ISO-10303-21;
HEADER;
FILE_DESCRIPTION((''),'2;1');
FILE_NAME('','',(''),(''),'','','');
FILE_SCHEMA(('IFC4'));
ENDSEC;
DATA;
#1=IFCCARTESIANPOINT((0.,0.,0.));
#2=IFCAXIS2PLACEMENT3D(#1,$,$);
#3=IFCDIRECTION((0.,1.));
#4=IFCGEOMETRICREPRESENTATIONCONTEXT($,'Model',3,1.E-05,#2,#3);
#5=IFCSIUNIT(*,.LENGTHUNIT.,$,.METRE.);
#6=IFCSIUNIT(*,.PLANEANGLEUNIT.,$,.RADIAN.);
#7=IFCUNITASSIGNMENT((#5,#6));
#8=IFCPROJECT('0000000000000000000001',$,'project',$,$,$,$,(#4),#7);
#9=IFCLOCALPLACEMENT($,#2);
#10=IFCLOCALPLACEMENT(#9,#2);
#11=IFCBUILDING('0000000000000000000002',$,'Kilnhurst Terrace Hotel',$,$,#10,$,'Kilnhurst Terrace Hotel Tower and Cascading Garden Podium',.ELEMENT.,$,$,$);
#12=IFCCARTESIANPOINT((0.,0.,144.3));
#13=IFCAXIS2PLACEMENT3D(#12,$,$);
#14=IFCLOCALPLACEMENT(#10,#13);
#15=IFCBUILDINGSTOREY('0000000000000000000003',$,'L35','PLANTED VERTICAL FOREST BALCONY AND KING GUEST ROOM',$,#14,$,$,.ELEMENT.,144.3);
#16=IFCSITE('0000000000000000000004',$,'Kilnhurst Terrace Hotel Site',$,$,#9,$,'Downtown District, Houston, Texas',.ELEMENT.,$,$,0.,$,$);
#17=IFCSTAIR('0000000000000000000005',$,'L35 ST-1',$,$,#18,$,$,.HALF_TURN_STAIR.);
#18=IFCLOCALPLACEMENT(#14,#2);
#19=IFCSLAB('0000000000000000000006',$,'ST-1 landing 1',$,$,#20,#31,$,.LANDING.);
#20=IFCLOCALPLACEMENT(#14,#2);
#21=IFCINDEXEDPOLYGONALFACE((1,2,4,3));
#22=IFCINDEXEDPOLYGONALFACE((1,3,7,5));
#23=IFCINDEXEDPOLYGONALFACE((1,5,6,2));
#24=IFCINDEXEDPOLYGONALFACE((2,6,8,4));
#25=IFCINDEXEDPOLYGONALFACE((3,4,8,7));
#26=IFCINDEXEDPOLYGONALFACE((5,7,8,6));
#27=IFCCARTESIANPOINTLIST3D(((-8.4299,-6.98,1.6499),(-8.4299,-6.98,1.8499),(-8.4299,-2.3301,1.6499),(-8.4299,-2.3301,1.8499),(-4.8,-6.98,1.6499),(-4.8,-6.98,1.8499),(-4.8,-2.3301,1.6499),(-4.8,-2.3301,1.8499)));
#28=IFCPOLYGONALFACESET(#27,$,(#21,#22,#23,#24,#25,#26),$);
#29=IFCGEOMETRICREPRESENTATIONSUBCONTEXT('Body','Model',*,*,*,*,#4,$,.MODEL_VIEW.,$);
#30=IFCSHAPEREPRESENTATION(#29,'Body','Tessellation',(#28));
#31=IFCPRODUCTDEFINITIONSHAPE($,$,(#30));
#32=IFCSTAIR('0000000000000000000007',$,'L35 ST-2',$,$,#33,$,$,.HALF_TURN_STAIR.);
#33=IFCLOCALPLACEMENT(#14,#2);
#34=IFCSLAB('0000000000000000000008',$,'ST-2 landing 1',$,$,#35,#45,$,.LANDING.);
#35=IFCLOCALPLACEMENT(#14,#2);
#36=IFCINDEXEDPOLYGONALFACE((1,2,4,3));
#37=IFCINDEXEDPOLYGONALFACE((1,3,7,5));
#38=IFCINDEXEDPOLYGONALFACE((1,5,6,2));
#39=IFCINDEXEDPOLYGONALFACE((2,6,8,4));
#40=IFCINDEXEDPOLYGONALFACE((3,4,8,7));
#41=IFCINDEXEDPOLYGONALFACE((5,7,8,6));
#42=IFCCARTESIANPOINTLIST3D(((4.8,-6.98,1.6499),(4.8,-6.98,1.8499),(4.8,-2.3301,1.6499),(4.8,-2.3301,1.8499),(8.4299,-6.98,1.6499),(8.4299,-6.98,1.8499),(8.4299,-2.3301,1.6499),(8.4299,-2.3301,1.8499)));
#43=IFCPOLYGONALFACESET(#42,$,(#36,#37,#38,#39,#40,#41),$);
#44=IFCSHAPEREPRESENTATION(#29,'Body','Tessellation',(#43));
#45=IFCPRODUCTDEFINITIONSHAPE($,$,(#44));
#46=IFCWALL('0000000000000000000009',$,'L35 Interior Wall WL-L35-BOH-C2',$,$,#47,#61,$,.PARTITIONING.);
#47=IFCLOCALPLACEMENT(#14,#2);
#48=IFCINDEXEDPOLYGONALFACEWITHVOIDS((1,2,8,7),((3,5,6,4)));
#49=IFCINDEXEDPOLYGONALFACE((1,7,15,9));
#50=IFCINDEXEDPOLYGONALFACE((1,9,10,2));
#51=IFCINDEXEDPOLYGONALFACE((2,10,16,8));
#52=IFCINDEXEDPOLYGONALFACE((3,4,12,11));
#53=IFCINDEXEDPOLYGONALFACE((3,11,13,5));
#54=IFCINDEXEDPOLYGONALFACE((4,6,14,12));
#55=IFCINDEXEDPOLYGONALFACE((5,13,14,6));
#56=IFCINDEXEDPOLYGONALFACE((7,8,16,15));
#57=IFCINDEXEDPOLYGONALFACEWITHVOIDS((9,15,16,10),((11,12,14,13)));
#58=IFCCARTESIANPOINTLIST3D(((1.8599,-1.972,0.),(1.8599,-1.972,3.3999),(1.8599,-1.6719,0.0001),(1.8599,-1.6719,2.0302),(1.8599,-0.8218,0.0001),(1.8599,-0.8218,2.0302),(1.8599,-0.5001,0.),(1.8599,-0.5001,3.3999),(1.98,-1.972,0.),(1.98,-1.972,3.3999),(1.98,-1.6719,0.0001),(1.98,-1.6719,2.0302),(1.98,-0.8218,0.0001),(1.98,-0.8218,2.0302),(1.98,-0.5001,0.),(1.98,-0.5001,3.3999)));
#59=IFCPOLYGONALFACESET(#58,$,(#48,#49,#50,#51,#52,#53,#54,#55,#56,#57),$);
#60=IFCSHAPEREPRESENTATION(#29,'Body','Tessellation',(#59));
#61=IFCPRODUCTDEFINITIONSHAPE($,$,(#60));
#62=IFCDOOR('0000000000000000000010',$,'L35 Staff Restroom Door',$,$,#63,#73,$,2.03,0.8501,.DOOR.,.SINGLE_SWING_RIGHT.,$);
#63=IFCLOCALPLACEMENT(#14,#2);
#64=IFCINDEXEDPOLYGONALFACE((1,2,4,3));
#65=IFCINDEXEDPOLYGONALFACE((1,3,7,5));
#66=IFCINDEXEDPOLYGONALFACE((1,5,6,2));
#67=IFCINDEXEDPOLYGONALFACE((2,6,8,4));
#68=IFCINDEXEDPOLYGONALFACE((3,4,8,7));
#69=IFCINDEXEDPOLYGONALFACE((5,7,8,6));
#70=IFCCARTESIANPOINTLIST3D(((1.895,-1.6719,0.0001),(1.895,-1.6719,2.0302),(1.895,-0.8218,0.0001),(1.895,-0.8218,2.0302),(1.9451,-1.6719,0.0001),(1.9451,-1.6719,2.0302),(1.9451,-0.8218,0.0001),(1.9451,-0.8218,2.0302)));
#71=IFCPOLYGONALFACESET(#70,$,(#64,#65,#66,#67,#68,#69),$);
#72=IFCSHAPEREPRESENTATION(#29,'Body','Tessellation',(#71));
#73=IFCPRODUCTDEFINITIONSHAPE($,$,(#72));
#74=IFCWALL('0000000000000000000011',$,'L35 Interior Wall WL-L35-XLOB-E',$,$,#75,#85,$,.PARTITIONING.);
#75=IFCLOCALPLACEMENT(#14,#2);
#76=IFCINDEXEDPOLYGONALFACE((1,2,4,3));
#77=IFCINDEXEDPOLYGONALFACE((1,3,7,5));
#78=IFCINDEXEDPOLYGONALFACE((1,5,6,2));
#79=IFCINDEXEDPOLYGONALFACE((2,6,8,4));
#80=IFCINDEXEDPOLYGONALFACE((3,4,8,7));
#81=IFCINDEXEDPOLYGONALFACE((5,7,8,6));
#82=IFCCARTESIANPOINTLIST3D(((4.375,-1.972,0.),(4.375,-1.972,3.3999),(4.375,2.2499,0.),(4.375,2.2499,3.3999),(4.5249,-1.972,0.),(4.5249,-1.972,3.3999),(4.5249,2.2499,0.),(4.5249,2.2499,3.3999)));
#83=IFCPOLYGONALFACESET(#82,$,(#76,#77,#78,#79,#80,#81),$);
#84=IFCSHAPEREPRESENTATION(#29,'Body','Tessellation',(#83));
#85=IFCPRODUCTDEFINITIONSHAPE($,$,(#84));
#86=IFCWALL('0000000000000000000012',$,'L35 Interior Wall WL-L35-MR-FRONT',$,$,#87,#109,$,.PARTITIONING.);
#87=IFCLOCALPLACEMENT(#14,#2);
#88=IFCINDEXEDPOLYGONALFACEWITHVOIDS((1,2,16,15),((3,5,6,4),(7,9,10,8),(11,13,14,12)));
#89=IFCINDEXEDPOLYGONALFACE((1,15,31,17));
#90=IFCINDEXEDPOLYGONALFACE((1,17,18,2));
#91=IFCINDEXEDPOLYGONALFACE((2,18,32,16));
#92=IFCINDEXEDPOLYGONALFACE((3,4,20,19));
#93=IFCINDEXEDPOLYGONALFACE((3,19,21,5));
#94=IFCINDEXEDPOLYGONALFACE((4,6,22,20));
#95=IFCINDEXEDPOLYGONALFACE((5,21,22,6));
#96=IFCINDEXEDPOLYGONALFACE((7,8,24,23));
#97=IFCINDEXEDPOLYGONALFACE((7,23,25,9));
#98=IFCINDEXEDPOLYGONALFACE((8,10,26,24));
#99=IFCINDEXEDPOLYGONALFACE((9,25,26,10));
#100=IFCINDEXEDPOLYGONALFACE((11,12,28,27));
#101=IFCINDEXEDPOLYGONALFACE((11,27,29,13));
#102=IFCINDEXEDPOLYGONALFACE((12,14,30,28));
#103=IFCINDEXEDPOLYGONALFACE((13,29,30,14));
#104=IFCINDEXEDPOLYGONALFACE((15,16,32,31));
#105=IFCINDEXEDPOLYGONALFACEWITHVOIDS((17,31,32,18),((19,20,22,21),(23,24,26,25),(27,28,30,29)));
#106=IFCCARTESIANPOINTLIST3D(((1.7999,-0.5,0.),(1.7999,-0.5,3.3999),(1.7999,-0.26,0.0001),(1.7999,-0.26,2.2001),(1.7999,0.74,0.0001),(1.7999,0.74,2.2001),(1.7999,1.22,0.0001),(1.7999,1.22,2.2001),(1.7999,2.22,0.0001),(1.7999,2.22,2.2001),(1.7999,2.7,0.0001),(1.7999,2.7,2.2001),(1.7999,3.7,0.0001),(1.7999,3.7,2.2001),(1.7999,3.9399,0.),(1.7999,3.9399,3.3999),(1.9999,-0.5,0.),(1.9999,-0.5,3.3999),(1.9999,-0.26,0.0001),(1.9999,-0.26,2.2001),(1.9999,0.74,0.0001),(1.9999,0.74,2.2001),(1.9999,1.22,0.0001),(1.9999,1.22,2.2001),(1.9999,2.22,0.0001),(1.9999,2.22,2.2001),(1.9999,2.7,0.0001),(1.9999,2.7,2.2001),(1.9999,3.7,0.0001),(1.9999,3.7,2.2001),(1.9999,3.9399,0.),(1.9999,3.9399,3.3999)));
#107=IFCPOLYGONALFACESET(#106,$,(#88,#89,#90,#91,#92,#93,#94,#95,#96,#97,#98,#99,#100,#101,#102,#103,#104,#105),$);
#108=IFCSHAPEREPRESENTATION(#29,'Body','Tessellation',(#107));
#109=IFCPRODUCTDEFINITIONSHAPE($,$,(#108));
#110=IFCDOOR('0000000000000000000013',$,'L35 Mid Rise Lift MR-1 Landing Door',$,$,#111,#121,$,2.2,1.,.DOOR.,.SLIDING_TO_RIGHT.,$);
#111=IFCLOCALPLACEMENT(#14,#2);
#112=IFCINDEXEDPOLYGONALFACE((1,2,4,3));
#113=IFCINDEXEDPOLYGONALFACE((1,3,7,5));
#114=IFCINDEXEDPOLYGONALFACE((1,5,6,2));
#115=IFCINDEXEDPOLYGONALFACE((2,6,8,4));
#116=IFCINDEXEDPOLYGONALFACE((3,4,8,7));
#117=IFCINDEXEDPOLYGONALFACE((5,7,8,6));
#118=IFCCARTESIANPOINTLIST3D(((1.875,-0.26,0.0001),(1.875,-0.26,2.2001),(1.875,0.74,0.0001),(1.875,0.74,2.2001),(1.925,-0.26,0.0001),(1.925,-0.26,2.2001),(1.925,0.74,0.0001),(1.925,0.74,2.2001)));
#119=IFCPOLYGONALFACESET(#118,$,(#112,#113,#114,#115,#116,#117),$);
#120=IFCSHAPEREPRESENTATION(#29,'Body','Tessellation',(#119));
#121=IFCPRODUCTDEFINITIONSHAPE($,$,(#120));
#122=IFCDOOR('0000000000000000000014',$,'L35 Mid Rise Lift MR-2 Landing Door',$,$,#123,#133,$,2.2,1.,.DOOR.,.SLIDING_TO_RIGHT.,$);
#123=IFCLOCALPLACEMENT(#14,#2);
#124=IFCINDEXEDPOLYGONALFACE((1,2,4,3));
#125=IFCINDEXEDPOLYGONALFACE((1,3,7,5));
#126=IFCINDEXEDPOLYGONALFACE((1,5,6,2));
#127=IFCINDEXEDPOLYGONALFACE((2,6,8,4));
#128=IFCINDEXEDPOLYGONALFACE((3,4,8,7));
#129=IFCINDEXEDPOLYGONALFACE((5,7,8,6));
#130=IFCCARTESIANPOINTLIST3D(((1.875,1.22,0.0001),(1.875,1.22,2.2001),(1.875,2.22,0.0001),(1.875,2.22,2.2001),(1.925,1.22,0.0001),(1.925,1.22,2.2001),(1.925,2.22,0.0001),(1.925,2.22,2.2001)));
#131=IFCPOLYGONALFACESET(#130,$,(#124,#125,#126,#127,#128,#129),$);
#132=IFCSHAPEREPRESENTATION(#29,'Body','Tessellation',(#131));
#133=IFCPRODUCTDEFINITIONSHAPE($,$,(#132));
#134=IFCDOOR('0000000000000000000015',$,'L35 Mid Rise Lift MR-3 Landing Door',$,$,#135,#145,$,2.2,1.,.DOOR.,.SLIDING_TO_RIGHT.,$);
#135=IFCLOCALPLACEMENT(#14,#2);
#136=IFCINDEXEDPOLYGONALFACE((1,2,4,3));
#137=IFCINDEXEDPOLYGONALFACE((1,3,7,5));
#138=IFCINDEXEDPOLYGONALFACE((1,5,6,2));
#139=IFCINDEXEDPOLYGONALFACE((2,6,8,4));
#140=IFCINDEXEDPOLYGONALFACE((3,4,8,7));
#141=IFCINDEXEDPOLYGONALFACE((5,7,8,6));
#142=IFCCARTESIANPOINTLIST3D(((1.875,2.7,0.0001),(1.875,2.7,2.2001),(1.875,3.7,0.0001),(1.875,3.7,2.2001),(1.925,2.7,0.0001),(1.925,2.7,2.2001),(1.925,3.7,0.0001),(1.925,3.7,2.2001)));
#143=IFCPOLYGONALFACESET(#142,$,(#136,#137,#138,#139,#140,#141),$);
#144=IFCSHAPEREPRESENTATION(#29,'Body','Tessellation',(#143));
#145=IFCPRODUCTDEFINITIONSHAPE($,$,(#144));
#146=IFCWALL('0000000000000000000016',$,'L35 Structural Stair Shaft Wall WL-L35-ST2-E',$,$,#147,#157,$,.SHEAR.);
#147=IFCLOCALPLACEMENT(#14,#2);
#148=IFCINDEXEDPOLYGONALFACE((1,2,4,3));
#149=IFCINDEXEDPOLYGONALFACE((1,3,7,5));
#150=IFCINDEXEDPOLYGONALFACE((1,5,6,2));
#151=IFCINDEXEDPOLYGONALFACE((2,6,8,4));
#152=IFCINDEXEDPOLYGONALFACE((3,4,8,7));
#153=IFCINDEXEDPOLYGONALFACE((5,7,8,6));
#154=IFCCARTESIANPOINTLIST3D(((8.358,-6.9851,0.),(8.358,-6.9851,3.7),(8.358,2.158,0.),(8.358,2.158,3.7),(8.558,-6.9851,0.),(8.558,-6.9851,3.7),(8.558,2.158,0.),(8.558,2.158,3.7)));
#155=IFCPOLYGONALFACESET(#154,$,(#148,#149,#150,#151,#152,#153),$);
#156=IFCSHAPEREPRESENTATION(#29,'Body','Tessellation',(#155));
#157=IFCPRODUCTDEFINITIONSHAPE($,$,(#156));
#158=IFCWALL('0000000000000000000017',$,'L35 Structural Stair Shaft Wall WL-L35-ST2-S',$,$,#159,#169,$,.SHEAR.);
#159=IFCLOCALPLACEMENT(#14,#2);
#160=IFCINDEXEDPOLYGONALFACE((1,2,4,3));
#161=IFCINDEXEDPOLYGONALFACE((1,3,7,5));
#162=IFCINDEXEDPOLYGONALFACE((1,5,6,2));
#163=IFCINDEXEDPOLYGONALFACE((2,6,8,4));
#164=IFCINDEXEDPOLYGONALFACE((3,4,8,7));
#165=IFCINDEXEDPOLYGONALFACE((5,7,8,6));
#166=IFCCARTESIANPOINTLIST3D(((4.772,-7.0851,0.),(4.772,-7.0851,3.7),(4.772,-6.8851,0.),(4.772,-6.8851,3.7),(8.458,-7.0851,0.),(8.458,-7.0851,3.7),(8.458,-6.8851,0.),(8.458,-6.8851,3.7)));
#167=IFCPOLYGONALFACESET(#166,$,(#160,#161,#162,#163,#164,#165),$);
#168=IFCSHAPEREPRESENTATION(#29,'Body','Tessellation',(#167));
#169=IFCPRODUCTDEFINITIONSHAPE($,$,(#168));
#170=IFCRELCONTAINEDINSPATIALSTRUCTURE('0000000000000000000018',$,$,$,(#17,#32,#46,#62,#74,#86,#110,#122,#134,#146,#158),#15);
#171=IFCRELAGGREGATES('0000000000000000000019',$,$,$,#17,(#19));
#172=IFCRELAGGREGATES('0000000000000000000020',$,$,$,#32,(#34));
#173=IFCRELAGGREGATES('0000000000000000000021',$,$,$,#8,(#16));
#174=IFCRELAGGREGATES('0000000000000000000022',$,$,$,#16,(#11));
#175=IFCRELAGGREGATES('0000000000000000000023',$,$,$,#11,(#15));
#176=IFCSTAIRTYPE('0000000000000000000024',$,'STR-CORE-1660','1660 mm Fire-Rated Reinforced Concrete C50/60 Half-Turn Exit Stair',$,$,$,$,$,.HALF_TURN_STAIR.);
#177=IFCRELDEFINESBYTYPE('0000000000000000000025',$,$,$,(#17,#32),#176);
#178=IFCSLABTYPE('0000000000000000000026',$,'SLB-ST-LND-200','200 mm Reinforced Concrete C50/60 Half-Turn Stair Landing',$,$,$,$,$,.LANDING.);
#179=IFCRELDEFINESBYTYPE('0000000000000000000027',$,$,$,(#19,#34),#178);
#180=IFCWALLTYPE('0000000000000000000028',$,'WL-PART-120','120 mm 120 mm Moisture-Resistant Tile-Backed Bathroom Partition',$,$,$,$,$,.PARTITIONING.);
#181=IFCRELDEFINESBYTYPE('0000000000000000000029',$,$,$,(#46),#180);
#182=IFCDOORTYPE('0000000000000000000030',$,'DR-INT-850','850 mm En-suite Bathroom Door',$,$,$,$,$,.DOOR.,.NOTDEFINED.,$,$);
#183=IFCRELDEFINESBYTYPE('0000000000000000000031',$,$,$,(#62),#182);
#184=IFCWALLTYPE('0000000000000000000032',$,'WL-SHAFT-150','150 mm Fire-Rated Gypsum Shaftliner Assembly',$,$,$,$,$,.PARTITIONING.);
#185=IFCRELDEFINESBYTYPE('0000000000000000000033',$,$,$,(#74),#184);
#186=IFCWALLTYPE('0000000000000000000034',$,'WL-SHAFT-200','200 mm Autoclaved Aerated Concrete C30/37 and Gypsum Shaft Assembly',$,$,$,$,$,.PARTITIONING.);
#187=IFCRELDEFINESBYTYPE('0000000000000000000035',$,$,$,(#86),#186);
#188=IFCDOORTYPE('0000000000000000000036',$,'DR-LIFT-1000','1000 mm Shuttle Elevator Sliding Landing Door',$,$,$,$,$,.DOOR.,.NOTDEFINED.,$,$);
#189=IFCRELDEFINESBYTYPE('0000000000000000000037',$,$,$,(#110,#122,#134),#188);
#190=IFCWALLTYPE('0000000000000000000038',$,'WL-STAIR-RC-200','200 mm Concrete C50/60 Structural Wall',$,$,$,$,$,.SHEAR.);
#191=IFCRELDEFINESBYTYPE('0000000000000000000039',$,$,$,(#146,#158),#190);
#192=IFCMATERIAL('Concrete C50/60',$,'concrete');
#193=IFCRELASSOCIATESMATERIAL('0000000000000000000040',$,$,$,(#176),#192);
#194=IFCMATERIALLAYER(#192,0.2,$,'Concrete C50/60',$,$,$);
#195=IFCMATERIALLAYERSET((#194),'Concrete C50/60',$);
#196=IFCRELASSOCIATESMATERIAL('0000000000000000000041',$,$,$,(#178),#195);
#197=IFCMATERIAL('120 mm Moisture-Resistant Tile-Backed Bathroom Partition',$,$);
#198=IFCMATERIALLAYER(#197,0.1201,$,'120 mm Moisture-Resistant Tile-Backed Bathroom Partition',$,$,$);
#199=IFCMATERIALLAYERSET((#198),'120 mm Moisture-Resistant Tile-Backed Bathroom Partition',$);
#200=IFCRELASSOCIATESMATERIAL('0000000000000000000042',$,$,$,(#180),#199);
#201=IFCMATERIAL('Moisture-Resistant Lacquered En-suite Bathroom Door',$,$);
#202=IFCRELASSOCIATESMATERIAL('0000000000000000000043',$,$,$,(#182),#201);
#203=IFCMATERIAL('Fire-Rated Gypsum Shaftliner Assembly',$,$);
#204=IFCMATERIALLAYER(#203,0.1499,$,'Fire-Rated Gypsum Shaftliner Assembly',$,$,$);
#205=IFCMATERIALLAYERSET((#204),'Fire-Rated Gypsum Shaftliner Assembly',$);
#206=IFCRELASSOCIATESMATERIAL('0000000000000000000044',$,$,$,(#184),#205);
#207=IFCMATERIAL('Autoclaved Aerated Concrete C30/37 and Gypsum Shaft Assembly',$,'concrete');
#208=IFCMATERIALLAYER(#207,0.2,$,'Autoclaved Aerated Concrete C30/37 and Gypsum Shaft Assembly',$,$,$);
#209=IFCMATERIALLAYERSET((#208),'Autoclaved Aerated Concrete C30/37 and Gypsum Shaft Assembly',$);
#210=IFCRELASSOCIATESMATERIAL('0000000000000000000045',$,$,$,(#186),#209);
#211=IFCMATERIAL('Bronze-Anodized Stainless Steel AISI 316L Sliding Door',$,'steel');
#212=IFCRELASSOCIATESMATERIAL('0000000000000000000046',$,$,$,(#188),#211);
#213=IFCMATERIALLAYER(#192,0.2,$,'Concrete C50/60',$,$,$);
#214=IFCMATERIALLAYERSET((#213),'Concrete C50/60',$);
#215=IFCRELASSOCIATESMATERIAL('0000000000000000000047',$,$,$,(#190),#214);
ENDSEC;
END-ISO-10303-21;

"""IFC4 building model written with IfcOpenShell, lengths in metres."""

from ifc_helpers import new_model, si_unit, direction, frame, frame_2d, origin, place, context, subcontext, project, spatial, polyline, rectangle, outline, extrude, material, layer, layer_set, type_object, element, fill, aggregate, save


model = new_model("IFC4")

# Units and contexts
model_context = context("Model", 3, precision=1e-05, world=origin(), true_north=direction((0.0, 1.0)))
body_context = subcontext(model_context, "Body", "Model", "MODEL_VIEW")
ifc_project = project(units=[si_unit("LENGTHUNIT", "METRE"), si_unit("PLANEANGLEUNIT", "RADIAN")], contexts=[model_context])

# Site, building, storey
site_placement = place(None, origin())
site = spatial("IfcSite", under=ifc_project, at=site_placement, Name="Kilnhurst Terrace Hotel Site", LongName="Downtown District, Houston, Texas", CompositionType="ELEMENT", RefElevation=0.0)
building_placement = place(site_placement, origin())
building = spatial("IfcBuilding", under=site, at=building_placement, Name="Kilnhurst Terrace Hotel", LongName="Kilnhurst Terrace Hotel Tower and Cascading Garden Podium", CompositionType="ELEMENT")
storey_placement = place(building_placement, frame((0.0, 0.0, 144.3)))
storey = spatial("IfcBuildingStorey", under=building, at=storey_placement, Name="L35", Description="PLANTED VERTICAL FOREST BALCONY AND KING GUEST ROOM", CompositionType="ELEMENT", Elevation=144.3)

# Stairs, slabs
ifc_material_1 = material(Name="Concrete C50/60", Category="concrete")
stair_type = type_object("IfcStairType", Name="STR-CORE-1660", Description="1660 mm Fire-Rated Reinforced Concrete C50/60 Half-Turn Exit Stair", PredefinedType="HALF_TURN_STAIR", material=ifc_material_1)
stair_1_placement = place(storey_placement, origin())
stair_1 = element("IfcStair", 1, at=stair_1_placement, inside=storey, type_object=stair_type, Name="L35 ST-1", PredefinedType="HALF_TURN_STAIR")
ifc_layer_1 = layer(ifc_material_1, 0.2, Name="Concrete C50/60")
ifc_layer_set_1 = layer_set([ifc_layer_1], Name="Concrete C50/60")
slab_type = type_object("IfcSlabType", Name="SLB-ST-LND-200", Description="200 mm Reinforced Concrete C50/60 Half-Turn Stair Landing", PredefinedType="LANDING", material=ifc_layer_set_1)
slab_1_placement = place(storey_placement, frame((0.0, 0.0, 1.6499)))
slab_1 = element("IfcSlab", 2, at=slab_1_placement, type_object=slab_type, Name="ST-1 landing 1", PredefinedType="LANDING", context=body_context, shape_type="SweptSolid", body=[
    extrude(outline(polyline([(-8.4299, -2.3301), (-4.8, -2.3301), (-4.8, -6.98), (-8.4299, -6.98), (-8.4299, -2.3301)])), origin(), (0.0, 0.0, 1.0), 0.2),
])
aggregate(stair_1, [slab_1])
stair_2_placement = place(storey_placement, origin())
stair_2 = element("IfcStair", 3, at=stair_2_placement, inside=storey, type_object=stair_type, Name="L35 ST-2", PredefinedType="HALF_TURN_STAIR")
slab_2_placement = place(storey_placement, frame((0.0, 0.0, 1.6499)))
slab_2 = element("IfcSlab", 4, at=slab_2_placement, type_object=slab_type, Name="ST-2 landing 1", PredefinedType="LANDING", context=body_context, shape_type="SweptSolid", body=[
    extrude(outline(polyline([(4.8, -2.3301), (8.4299, -2.3301), (8.4299, -6.98), (4.8, -6.98), (4.8, -2.3301)])), origin(), (0.0, 0.0, 1.0), 0.2),
])

# Wall, opening, door
ifc_material_2 = material(Name="120 mm Moisture-Resistant Tile-Backed Bathroom Partition")
ifc_layer_2 = layer(ifc_material_2, 0.1201, Name="120 mm Moisture-Resistant Tile-Backed Bathroom Partition")
ifc_layer_set_2 = layer_set([ifc_layer_2], Name="120 mm Moisture-Resistant Tile-Backed Bathroom Partition")
wall_type_1 = type_object("IfcWallType", Name="WL-PART-120", Description="120 mm 120 mm Moisture-Resistant Tile-Backed Bathroom Partition", PredefinedType="PARTITIONING", material=ifc_layer_set_2)
wall_1_placement = place(storey_placement, frame((1.9199, -1.9719, 0.0), z_axis=(0.0, 0.0, 1.0), x_axis=(0.0, 1.0, 0.0)))
wall_1 = element("IfcWall", 5, at=wall_1_placement, inside=storey, type_object=wall_type_1, Name="L35 Interior Wall WL-L35-BOH-C2", PredefinedType="PARTITIONING", context=body_context, shape_type="SweptSolid", body=[
    extrude(rectangle(XDim=1.4719, YDim=0.1201, at=frame_2d((0.7358, 0.0))), origin(), (0.0, 0.0, 1.0), 3.3999),
])
opening_1_placement = place(wall_1_placement, frame((0.3, 0.0, 0.0)))
opening_1 = element("IfcOpeningElement", 6, at=opening_1_placement, cuts=wall_1, PredefinedType="OPENING", context=body_context, shape_type="SweptSolid", body=[
    extrude(rectangle(XDim=0.8501, YDim=2.03, at=frame_2d((0.425, 1.0151))), frame((0.0, 0.0701, 0.0), z_axis=(0.0, -1.0, 0.0), x_axis=(1.0, 0.0, 0.0)), (0.0, 0.0, 1.0), 0.1401),
])
ifc_material_3 = material(Name="Moisture-Resistant Lacquered En-suite Bathroom Door")
door_type_1 = type_object("IfcDoorType", Name="DR-INT-850", Description="850 mm En-suite Bathroom Door", OperationType="NOTDEFINED", PredefinedType="DOOR", material=ifc_material_3)
door_1_placement = place(opening_1_placement, origin())
door_1 = element("IfcDoor", 7, at=door_1_placement, inside=storey, type_object=door_type_1, Name="L35 Staff Restroom Door", OperationType="SINGLE_SWING_RIGHT", OverallHeight=2.03, OverallWidth=0.8501, PredefinedType="DOOR", context=body_context, shape_type="SweptSolid", body=[
    extrude(rectangle(XDim=0.8501, YDim=2.03, at=frame_2d((0.425, 1.0151))), frame((0.0, 0.0249, 0.0), z_axis=(0.0, -1.0, 0.0), x_axis=(1.0, 0.0, 0.0)), (0.0, 0.0, 1.0), 0.05),
])
fill(opening_1, door_1)

# Wall
ifc_material_4 = material(Name="Fire-Rated Gypsum Shaftliner Assembly")
ifc_layer_3 = layer(ifc_material_4, 0.1499, Name="Fire-Rated Gypsum Shaftliner Assembly")
ifc_layer_set_3 = layer_set([ifc_layer_3], Name="Fire-Rated Gypsum Shaftliner Assembly")
wall_type_2 = type_object("IfcWallType", Name="WL-SHAFT-150", Description="150 mm Fire-Rated Gypsum Shaftliner Assembly", PredefinedType="PARTITIONING", material=ifc_layer_set_3)
wall_2_placement = place(storey_placement, frame((4.45, -1.9719, 0.0), z_axis=(0.0, 0.0, 1.0), x_axis=(0.0, 1.0, 0.0)))
element("IfcWall", 8, at=wall_2_placement, inside=storey, type_object=wall_type_2, Name="L35 Interior Wall WL-L35-XLOB-E", PredefinedType="PARTITIONING", context=body_context, shape_type="SweptSolid", body=[
    extrude(rectangle(XDim=4.2219, YDim=0.1499, at=frame_2d((2.1108, 0.0))), origin(), (0.0, 0.0, 1.0), 3.3999),
])

# Wall, openings, doors
ifc_material_5 = material(Name="Autoclaved Aerated Concrete C30/37 and Gypsum Shaft Assembly", Category="concrete")
ifc_layer_4 = layer(ifc_material_5, 0.2, Name="Autoclaved Aerated Concrete C30/37 and Gypsum Shaft Assembly")
ifc_layer_set_4 = layer_set([ifc_layer_4], Name="Autoclaved Aerated Concrete C30/37 and Gypsum Shaft Assembly")
wall_type_3 = type_object("IfcWallType", Name="WL-SHAFT-200", Description="200 mm Autoclaved Aerated Concrete C30/37 and Gypsum Shaft Assembly", PredefinedType="PARTITIONING", material=ifc_layer_set_4)
wall_3_placement = place(storey_placement, frame((1.8999, -0.5, 0.0), z_axis=(0.0, 0.0, 1.0), x_axis=(0.0, 1.0, 0.0)))
wall_3 = element("IfcWall", 9, at=wall_3_placement, inside=storey, type_object=wall_type_3, Name="L35 Interior Wall WL-L35-MR-FRONT", PredefinedType="PARTITIONING", context=body_context, shape_type="SweptSolid", body=[
    extrude(rectangle(XDim=4.4399, YDim=0.2, at=frame_2d((2.22, 0.0))), origin(), (0.0, 0.0, 1.0), 3.3999),
])
opening_2_placement = place(wall_3_placement, frame((0.24, 0.0, 0.0)))
opening_2 = element("IfcOpeningElement", 10, at=opening_2_placement, cuts=wall_3, PredefinedType="OPENING", context=body_context, shape_type="SweptSolid", body=[
    extrude(rectangle(XDim=1.0, YDim=2.2, at=frame_2d((0.5, 1.1001))), frame((0.0, 0.1099, 0.0), z_axis=(0.0, -1.0, 0.0), x_axis=(1.0, 0.0, 0.0)), (0.0, 0.0, 1.0), 0.22),
])
opening_3_placement = place(wall_3_placement, frame((1.72, 0.0, 0.0)))
opening_3 = element("IfcOpeningElement", 11, at=opening_3_placement, cuts=wall_3, PredefinedType="OPENING", context=body_context, shape_type="SweptSolid", body=[
    extrude(rectangle(XDim=1.0, YDim=2.2, at=frame_2d((0.5, 1.1001))), frame((0.0, 0.1099, 0.0), z_axis=(0.0, -1.0, 0.0), x_axis=(1.0, 0.0, 0.0)), (0.0, 0.0, 1.0), 0.22),
])
opening_4_placement = place(wall_3_placement, frame((3.2, 0.0, 0.0)))
opening_4 = element("IfcOpeningElement", 12, at=opening_4_placement, cuts=wall_3, PredefinedType="OPENING", context=body_context, shape_type="SweptSolid", body=[
    extrude(rectangle(XDim=1.0, YDim=2.2, at=frame_2d((0.5, 1.1001))), frame((0.0, 0.1099, 0.0), z_axis=(0.0, -1.0, 0.0), x_axis=(1.0, 0.0, 0.0)), (0.0, 0.0, 1.0), 0.22),
])
ifc_material_6 = material(Name="Bronze-Anodized Stainless Steel AISI 316L Sliding Door", Category="steel")
door_type_2 = type_object("IfcDoorType", Name="DR-LIFT-1000", Description="1000 mm Shuttle Elevator Sliding Landing Door", OperationType="NOTDEFINED", PredefinedType="DOOR", material=ifc_material_6)
door_2_placement = place(opening_2_placement, origin())
door_2 = element("IfcDoor", 13, at=door_2_placement, inside=storey, type_object=door_type_2, Name="L35 Mid Rise Lift MR-1 Landing Door", OperationType="SLIDING_TO_RIGHT", OverallHeight=2.2, OverallWidth=1.0, PredefinedType="DOOR", context=body_context, shape_type="SweptSolid", body=[
    extrude(rectangle(XDim=1.0, YDim=2.2, at=frame_2d((0.5, 1.1001))), frame((0.0, 0.0249, 0.0), z_axis=(0.0, -1.0, 0.0), x_axis=(1.0, 0.0, 0.0)), (0.0, 0.0, 1.0), 0.05),
])
fill(opening_2, door_2)
door_3_placement = place(opening_3_placement, origin())
door_3 = element("IfcDoor", 14, at=door_3_placement, inside=storey, type_object=door_type_2, Name="L35 Mid Rise Lift MR-2 Landing Door", OperationType="SLIDING_TO_RIGHT", OverallHeight=2.2, OverallWidth=1.0, PredefinedType="DOOR", context=body_context, shape_type="SweptSolid", body=[
    extrude(rectangle(XDim=1.0, YDim=2.2, at=frame_2d((0.5, 1.1001))), frame((0.0, 0.0249, 0.0), z_axis=(0.0, -1.0, 0.0), x_axis=(1.0, 0.0, 0.0)), (0.0, 0.0, 1.0), 0.05),
])
fill(opening_3, door_3)
door_4_placement = place(opening_4_placement, origin())
door_4 = element("IfcDoor", 15, at=door_4_placement, inside=storey, type_object=door_type_2, Name="L35 Mid Rise Lift MR-3 Landing Door", OperationType="SLIDING_TO_RIGHT", OverallHeight=2.2, OverallWidth=1.0, PredefinedType="DOOR", context=body_context, shape_type="SweptSolid", body=[
    extrude(rectangle(XDim=1.0, YDim=2.2, at=frame_2d((0.5, 1.1001))), frame((0.0, 0.0249, 0.0), z_axis=(0.0, -1.0, 0.0), x_axis=(1.0, 0.0, 0.0)), (0.0, 0.0, 1.0), 0.05),
])
fill(opening_4, door_4)

# Walls
ifc_layer_5 = layer(ifc_material_1, 0.2, Name="Concrete C50/60")
ifc_layer_set_5 = layer_set([ifc_layer_5], Name="Concrete C50/60")
wall_type_4 = type_object("IfcWallType", Name="WL-STAIR-RC-200", Description="200 mm Concrete C50/60 Structural Wall", PredefinedType="SHEAR", material=ifc_layer_set_5)
wall_4_placement = place(storey_placement, frame((8.458, -6.9851, 0.0), z_axis=(0.0, 0.0, 1.0), x_axis=(0.0, 1.0, 0.0)))
element("IfcWall", 16, at=wall_4_placement, inside=storey, type_object=wall_type_4, Name="L35 Structural Stair Shaft Wall WL-L35-ST2-E", PredefinedType="SHEAR", context=body_context, shape_type="SweptSolid", body=[
    extrude(rectangle(XDim=9.1431, YDim=0.2, at=frame_2d((4.5715, 0.0))), origin(), (0.0, 0.0, 1.0), 3.7),
])
for number, where, z_axis, x_axis, name in (
    (17, (4.772, -6.9851, 0.0), (0.0, 0.0, 1.0), (1.0, 0.0, 0.0), "L35 Structural Stair Shaft Wall WL-L35-ST2-S"),
):
    element("IfcWall", number, at=place(storey_placement, frame(where, z_axis=z_axis, x_axis=x_axis)), inside=storey, type_object=wall_type_4, Name=name, PredefinedType="SHEAR", context=body_context, shape_type="SweptSolid", body=[
        extrude(rectangle(XDim=3.686, YDim=0.2, at=frame_2d((1.843, 0.0))), origin(), (0.0, 0.0, 1.0), 3.7),
    ])

aggregate(stair_2, [slab_2])

save(model, "model.ifc")
